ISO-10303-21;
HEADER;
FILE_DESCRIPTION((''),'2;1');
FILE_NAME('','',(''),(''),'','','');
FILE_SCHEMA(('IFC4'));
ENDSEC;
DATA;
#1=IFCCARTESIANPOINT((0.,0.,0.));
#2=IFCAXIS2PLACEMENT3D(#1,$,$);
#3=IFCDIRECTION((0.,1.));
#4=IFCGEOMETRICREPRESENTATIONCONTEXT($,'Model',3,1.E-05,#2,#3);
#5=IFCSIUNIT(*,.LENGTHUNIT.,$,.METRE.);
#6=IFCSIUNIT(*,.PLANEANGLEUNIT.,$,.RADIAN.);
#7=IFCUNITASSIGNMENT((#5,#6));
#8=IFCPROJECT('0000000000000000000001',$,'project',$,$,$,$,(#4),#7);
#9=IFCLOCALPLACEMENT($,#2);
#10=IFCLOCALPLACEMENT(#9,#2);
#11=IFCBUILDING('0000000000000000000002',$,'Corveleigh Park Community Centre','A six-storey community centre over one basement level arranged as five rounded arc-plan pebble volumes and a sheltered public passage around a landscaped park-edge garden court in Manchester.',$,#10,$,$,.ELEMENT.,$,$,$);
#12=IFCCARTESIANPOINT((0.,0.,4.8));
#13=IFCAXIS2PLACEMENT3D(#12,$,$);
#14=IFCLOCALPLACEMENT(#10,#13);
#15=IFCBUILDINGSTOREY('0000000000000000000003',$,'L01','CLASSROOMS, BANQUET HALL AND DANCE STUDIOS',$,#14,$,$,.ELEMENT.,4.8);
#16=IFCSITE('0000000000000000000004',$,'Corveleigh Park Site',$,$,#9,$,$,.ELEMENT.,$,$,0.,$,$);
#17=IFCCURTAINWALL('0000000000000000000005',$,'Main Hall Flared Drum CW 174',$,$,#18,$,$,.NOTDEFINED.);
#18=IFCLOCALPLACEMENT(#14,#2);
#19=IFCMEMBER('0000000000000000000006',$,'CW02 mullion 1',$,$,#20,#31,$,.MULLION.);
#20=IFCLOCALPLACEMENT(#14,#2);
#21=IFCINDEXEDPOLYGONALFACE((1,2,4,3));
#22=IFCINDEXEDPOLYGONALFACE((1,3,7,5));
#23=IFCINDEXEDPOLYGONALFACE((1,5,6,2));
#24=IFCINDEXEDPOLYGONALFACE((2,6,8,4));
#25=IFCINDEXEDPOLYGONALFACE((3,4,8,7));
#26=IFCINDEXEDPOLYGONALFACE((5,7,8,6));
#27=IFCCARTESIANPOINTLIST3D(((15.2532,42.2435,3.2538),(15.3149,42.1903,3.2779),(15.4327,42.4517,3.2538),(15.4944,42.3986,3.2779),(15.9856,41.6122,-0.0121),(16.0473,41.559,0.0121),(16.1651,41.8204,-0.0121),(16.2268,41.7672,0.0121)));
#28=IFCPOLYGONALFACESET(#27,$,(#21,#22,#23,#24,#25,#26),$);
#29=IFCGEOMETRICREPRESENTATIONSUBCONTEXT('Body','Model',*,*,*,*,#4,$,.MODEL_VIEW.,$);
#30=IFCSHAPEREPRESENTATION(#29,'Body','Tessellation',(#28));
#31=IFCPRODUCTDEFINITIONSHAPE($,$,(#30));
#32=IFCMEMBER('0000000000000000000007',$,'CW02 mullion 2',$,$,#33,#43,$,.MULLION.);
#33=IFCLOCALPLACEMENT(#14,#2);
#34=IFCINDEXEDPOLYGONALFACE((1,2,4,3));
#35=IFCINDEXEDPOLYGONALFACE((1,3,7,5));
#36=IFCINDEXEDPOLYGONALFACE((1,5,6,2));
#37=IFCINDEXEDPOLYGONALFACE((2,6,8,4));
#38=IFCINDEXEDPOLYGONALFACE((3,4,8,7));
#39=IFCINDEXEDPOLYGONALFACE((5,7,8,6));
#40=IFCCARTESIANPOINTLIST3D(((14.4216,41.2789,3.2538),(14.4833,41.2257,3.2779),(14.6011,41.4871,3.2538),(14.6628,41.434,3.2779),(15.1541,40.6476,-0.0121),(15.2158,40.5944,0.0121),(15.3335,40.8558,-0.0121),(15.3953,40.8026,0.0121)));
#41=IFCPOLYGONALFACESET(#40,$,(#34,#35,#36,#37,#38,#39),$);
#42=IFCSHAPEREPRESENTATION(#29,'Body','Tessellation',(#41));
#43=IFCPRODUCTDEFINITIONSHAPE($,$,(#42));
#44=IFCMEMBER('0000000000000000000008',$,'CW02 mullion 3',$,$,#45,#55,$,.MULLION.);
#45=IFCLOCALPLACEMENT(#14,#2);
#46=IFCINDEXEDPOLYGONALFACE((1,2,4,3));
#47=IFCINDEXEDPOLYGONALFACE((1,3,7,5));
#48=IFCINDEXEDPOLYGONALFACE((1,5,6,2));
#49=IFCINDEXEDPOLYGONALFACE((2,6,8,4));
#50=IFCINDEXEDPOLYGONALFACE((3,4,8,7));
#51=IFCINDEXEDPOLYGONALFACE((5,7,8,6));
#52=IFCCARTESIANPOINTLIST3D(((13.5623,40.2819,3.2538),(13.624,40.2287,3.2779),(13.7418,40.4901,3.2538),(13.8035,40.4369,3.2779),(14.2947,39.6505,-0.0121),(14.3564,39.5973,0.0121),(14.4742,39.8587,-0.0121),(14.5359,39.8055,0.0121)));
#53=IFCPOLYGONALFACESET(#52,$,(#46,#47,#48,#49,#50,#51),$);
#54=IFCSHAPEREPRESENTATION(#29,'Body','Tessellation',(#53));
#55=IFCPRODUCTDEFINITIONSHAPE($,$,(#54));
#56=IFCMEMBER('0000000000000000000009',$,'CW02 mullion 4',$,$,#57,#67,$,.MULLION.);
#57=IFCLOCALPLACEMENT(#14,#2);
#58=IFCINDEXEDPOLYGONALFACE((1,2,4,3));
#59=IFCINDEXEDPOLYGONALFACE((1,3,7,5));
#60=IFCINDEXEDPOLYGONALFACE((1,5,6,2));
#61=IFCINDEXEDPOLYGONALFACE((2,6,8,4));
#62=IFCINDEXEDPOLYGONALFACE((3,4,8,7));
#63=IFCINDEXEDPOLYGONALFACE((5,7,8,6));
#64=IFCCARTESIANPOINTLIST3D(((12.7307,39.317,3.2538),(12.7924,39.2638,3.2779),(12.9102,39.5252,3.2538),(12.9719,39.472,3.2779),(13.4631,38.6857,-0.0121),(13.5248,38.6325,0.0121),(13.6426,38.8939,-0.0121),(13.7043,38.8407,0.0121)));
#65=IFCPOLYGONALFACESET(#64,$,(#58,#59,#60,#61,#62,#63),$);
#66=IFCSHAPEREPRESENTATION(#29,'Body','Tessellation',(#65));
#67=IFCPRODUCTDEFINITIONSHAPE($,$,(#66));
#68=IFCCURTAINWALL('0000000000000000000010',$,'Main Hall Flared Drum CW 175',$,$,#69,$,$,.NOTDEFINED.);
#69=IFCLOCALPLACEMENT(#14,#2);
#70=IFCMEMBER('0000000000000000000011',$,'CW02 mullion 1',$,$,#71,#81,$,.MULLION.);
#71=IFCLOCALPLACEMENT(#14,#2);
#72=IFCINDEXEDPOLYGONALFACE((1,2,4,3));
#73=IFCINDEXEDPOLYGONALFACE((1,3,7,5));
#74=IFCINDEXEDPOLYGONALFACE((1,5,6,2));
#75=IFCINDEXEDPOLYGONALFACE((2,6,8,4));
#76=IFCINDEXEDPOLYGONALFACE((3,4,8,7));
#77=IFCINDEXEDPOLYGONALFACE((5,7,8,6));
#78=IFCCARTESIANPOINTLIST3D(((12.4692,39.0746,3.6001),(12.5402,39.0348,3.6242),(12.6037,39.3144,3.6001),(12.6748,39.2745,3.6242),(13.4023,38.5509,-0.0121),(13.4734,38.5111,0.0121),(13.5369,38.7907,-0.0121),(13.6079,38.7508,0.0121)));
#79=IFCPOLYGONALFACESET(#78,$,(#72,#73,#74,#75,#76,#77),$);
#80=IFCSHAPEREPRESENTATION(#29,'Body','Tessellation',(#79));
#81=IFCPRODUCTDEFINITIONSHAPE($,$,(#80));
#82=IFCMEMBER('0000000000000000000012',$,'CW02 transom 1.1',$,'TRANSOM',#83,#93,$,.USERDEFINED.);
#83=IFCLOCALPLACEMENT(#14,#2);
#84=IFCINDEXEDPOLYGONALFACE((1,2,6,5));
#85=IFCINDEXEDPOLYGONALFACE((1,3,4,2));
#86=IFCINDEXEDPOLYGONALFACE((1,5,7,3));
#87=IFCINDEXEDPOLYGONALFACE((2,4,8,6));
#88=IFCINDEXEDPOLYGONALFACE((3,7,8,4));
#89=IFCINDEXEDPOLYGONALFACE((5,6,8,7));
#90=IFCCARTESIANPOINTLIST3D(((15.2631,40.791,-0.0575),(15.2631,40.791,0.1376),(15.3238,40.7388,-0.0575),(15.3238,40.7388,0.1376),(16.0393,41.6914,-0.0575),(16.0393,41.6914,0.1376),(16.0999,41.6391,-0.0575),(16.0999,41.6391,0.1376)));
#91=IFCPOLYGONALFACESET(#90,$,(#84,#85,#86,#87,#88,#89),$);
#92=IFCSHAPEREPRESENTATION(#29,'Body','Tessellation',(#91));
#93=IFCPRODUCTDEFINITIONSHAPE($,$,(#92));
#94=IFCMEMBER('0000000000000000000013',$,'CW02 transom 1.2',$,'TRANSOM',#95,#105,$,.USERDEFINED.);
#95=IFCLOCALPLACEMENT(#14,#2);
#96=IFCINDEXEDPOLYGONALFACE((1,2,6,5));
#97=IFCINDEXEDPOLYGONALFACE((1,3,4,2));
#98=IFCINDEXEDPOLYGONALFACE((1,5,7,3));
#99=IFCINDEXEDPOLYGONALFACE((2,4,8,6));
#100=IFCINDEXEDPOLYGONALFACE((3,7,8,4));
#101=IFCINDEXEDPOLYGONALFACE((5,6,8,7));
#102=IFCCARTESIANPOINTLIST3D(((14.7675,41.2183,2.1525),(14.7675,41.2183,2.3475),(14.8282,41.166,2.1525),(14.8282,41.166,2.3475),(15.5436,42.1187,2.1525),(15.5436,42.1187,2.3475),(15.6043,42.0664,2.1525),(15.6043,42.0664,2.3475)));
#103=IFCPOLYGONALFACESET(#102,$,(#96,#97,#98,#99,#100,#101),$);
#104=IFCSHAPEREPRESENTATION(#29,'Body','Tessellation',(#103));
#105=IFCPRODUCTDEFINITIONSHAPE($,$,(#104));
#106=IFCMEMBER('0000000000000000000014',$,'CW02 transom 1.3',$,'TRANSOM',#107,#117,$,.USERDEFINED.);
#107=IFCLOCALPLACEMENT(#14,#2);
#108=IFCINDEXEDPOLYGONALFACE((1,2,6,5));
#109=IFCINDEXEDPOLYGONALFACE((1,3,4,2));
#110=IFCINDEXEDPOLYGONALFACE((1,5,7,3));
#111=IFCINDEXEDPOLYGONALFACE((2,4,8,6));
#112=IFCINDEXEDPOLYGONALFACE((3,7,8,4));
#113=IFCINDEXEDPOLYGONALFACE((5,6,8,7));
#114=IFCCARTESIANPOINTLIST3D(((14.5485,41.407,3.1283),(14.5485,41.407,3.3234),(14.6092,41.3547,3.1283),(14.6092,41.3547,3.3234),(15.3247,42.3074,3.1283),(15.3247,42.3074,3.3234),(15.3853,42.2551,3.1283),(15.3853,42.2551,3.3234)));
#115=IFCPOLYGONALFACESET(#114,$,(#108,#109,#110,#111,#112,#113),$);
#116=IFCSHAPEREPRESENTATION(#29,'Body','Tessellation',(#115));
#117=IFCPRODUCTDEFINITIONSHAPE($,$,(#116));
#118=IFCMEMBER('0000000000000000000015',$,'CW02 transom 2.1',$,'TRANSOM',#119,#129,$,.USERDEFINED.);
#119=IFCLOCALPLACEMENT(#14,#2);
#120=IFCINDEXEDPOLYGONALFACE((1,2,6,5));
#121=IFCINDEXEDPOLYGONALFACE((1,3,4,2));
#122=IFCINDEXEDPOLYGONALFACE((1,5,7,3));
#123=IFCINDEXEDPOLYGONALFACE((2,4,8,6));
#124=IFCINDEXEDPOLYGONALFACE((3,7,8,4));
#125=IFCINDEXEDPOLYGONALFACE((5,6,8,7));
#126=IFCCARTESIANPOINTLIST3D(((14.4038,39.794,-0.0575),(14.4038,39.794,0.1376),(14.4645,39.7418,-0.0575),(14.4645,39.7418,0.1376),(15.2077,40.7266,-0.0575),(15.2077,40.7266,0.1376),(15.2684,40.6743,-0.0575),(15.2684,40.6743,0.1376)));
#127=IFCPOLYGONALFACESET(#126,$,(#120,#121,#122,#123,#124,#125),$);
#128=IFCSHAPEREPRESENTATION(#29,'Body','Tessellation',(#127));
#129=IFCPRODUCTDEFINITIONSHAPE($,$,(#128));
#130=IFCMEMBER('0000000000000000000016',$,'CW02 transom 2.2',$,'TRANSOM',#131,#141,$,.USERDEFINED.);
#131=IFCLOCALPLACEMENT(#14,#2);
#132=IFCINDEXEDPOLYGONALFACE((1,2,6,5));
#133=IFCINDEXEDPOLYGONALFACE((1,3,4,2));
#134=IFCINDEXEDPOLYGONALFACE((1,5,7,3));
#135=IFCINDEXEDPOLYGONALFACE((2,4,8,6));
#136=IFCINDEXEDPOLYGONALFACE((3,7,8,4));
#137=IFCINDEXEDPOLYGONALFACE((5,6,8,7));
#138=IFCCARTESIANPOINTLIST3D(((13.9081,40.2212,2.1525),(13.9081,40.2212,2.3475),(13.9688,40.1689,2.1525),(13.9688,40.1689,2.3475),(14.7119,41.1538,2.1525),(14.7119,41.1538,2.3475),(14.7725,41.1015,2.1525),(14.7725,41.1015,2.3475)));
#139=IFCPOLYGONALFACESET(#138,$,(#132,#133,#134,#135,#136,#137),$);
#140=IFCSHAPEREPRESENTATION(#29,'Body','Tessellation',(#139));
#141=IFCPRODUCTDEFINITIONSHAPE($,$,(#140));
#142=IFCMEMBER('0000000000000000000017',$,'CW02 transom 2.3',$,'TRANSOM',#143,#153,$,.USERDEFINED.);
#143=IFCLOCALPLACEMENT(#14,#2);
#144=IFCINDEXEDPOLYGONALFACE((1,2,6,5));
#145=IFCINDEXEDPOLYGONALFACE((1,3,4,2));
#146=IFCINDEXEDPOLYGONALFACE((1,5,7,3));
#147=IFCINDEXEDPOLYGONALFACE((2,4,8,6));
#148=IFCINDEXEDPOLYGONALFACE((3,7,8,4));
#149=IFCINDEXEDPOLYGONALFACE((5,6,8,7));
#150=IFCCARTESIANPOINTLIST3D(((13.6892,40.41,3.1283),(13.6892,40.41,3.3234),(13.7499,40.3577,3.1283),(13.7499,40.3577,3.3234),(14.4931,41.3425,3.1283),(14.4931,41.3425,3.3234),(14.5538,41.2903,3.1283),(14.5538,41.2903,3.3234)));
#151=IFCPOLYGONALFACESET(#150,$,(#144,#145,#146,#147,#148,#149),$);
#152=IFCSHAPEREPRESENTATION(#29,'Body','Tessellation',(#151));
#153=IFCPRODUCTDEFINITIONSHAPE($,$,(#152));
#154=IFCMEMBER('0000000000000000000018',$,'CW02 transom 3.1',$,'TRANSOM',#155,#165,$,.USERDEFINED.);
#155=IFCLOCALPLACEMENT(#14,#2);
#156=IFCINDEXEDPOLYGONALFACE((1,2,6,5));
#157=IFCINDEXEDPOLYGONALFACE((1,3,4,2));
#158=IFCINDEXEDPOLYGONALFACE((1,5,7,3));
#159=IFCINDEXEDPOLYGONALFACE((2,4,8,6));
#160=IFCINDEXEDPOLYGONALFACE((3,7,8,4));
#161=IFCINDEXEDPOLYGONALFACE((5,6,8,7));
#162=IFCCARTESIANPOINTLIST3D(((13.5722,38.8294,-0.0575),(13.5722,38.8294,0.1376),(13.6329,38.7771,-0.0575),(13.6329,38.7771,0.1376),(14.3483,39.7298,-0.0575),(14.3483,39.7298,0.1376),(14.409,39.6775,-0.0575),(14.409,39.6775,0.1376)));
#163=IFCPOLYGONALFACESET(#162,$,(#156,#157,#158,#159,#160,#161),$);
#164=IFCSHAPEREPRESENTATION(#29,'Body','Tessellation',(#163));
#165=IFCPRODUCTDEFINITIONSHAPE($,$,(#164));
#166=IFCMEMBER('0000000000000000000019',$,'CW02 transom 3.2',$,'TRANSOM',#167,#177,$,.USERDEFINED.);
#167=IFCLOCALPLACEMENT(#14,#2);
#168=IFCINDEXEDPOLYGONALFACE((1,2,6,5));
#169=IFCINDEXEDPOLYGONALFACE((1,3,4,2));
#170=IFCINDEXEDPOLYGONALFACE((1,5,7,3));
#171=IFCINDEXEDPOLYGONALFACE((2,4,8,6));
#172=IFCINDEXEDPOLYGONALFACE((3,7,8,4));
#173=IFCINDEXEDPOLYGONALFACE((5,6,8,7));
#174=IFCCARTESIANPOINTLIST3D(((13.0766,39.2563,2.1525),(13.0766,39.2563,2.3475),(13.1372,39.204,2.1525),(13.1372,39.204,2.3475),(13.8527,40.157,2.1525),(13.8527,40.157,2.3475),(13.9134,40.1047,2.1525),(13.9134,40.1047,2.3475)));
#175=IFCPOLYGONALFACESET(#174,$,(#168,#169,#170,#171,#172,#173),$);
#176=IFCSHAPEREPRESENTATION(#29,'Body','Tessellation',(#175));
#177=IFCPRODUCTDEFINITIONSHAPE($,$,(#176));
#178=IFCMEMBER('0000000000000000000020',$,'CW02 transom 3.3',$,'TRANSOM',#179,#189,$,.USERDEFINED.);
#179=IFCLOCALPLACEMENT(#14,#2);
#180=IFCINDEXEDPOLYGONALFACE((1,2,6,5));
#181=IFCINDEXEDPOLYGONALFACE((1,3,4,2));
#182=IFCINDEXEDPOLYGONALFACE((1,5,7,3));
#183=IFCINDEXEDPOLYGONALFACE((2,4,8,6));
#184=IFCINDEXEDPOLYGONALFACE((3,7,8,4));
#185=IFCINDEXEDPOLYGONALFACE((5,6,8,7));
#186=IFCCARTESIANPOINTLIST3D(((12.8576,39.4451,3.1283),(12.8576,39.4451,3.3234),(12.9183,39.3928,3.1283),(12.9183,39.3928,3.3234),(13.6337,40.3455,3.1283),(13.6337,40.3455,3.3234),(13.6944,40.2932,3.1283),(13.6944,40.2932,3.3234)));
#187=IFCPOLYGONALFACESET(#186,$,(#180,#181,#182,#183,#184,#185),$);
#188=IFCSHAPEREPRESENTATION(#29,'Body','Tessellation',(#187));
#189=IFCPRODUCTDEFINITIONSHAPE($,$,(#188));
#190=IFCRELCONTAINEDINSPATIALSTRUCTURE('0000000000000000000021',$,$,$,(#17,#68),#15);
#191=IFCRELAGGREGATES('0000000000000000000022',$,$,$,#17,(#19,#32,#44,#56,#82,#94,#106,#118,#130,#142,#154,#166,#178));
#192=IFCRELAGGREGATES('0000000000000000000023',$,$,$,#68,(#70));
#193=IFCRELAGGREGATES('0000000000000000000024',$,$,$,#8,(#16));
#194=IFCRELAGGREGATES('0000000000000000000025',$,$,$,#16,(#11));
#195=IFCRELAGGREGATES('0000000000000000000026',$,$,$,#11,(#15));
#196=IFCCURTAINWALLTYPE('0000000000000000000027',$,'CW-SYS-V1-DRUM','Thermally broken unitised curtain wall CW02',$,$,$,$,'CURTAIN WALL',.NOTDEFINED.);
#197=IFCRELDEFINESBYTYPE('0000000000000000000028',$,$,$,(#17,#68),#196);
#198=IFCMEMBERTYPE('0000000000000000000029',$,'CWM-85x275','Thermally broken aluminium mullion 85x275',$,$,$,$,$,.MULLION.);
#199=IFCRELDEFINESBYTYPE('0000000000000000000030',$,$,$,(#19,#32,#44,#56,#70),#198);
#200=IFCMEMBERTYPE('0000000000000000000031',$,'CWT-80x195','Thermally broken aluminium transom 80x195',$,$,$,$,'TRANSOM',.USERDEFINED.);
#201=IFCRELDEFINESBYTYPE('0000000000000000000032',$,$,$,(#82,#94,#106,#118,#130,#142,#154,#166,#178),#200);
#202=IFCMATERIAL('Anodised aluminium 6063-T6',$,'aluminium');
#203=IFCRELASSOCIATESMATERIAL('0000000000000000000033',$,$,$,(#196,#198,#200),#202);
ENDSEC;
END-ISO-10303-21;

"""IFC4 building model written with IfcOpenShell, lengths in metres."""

from ifc_helpers import new_model, si_unit, direction, frame, origin, origin_2d, place, context, subcontext, project, spatial, rectangle, extrude, material, material_profile, profile_set, type_object, element, aggregate, save


model = new_model("IFC4")

# Units and contexts
model_context = context("Model", 3, precision=1e-05, world=origin(), true_north=direction((0.0, 1.0)))
body_context = subcontext(model_context, "Body", "Model", "MODEL_VIEW")
ifc_project = project(units=[si_unit("LENGTHUNIT", "METRE"), si_unit("PLANEANGLEUNIT", "RADIAN")], contexts=[model_context])

# Site, building, storey
site_placement = place(None, origin())
site = spatial("IfcSite", under=ifc_project, at=site_placement, Name="Corveleigh Park Site", CompositionType="ELEMENT", RefElevation=0.0)
building_placement = place(site_placement, origin())
building = spatial("IfcBuilding", under=site, at=building_placement, Name="Corveleigh Park Community Centre", Description="A six-storey community centre over one basement level arranged as five rounded arc-plan pebble volumes and a sheltered public passage around a landscaped park-edge garden court in Manchester.", CompositionType="ELEMENT")
storey_placement = place(building_placement, frame((0.0, 0.0, 4.8)))
storey = spatial("IfcBuildingStorey", under=building, at=storey_placement, Name="L01", Description="CLASSROOMS, BANQUET HALL AND DANCE STUDIOS", CompositionType="ELEMENT", Elevation=4.8)

# Curtain wall, members
ifc_material_1 = material(Name="Anodised aluminium 6063-T6", Category="aluminium")
curtain_wall_type = type_object("IfcCurtainWallType", Name="CW-SYS-V1-DRUM", Description="Thermally broken unitised curtain wall CW02", ElementType="CURTAIN WALL", PredefinedType="NOTDEFINED", material=ifc_material_1)
curtain_wall_1_placement = place(storey_placement, origin())
curtain_wall_1 = element("IfcCurtainWall", 1, at=curtain_wall_1_placement, inside=storey, type_object=curtain_wall_type, Name="Main Hall Flared Drum CW 174", PredefinedType="NOTDEFINED")
ifc_material_profile_1 = material_profile(ifc_material_1, rectangle(XDim=0.085, YDim=0.2749, at=origin_2d()), Name="ALU-M85x275", Category="aluminium")
ifc_profile_set_1 = profile_set([ifc_material_profile_1], Name="Anodised aluminium 6063-T6")
member_type_1 = type_object("IfcMemberType", Name="CWM-85x275", Description="Thermally broken aluminium mullion 85x275", PredefinedType="MULLION", material=ifc_profile_set_1)
member_1_placement = place(storey_placement, frame((16.1062, 41.6897, 0.0), z_axis=(-0.215038, 0.185363, 0.958853), x_axis=(0.72627, -0.626045, 0.283902)))
member_1 = element("IfcMember", 2, at=member_1_placement, type_object=member_type_1, Name="CW02 mullion 1", PredefinedType="MULLION", context=body_context, shape_type="SweptSolid", body=[
    extrude(rectangle(XDim=0.085, YDim=0.2749, at=origin_2d()), origin(), (0.0, 0.0, 1.0), 3.406),
])
member_2_placement = place(storey_placement, frame((15.2747, 40.7251, 0.0), z_axis=(-0.215038, 0.185363, 0.958853), x_axis=(0.72627, -0.626045, 0.283902)))
member_2 = element("IfcMember", 3, at=member_2_placement, type_object=member_type_1, Name="CW02 mullion 2", PredefinedType="MULLION", context=body_context, shape_type="SweptSolid", body=[
    extrude(rectangle(XDim=0.085, YDim=0.2749, at=origin_2d()), origin(), (0.0, 0.0, 1.0), 3.406),
])
member_3_placement = place(storey_placement, frame((14.4153, 39.728, 0.0), z_axis=(-0.215038, 0.185363, 0.958853), x_axis=(0.72627, -0.626045, 0.283902)))
member_3 = element("IfcMember", 4, at=member_3_placement, type_object=member_type_1, Name="CW02 mullion 3", PredefinedType="MULLION", context=body_context, shape_type="SweptSolid", body=[
    extrude(rectangle(XDim=0.085, YDim=0.2749, at=origin_2d()), origin(), (0.0, 0.0, 1.0), 3.406),
])
member_4_placement = place(storey_placement, frame((13.5837, 38.7632, 0.0), z_axis=(-0.215038, 0.185363, 0.958853), x_axis=(0.72627, -0.626045, 0.283902)))
member_4 = element("IfcMember", 5, at=member_4_placement, type_object=member_type_1, Name="CW02 mullion 4", PredefinedType="MULLION", context=body_context, shape_type="SweptSolid", body=[
    extrude(rectangle(XDim=0.085, YDim=0.2749, at=origin_2d()), origin(), (0.0, 0.0, 1.0), 3.406),
])

# Curtain wall, member
curtain_wall_2_placement = place(storey_placement, origin())
curtain_wall_2 = element("IfcCurtainWall", 6, at=curtain_wall_2_placement, inside=storey, type_object=curtain_wall_type, Name="Main Hall Flared Drum CW 175", PredefinedType="NOTDEFINED")
member_5_placement = place(storey_placement, frame((13.5051, 38.6509, 0.0), z_axis=(-0.247691, 0.13901, 0.958815), x_axis=(0.836135, -0.469259, 0.284033)))
member_5 = element("IfcMember", 7, at=member_5_placement, type_object=member_type_1, Name="CW02 mullion 1", PredefinedType="MULLION", context=body_context, shape_type="SweptSolid", body=[
    extrude(rectangle(XDim=0.085, YDim=0.2749, at=origin_2d()), origin(), (0.0, 0.0, 1.0), 3.7673),
])

# Members
ifc_material_profile_2 = material_profile(ifc_material_1, rectangle(XDim=0.0801, YDim=0.1951, at=origin_2d()), Name="ALU-T80x195", Category="aluminium")
ifc_profile_set_2 = profile_set([ifc_material_profile_2], Name="Anodised aluminium 6063-T6")
member_type_2 = type_object("IfcMemberType", Name="CWT-80x195", Description="Thermally broken aluminium transom 80x195", ElementType="TRANSOM", PredefinedType="USERDEFINED", material=ifc_profile_set_2)
member_6_placement = place(storey_placement, frame((16.0696, 41.6653, 0.04), z_axis=(-0.652903, -0.757441, 0.0), x_axis=(0.757441, -0.652903, 0.0)))
member_6 = element("IfcMember", 8, at=member_6_placement, type_object=member_type_2, Name="CW02 transom 1.1", ObjectType="TRANSOM", PredefinedType="USERDEFINED", context=body_context, shape_type="SweptSolid", body=[
    extrude(rectangle(XDim=0.0801, YDim=0.1951, at=origin_2d()), origin(), (0.0, 0.0, 1.0), 1.1887),
])
member_7_placement = place(storey_placement, frame((15.574, 42.0925, 2.25), z_axis=(-0.652903, -0.757441, 0.0), x_axis=(0.757441, -0.652903, 0.0)))
member_7 = element("IfcMember", 9, at=member_7_placement, type_object=member_type_2, Name="CW02 transom 1.2", ObjectType="TRANSOM", PredefinedType="USERDEFINED", context=body_context, shape_type="SweptSolid", body=[
    extrude(rectangle(XDim=0.0801, YDim=0.1951, at=origin_2d()), origin(), (0.0, 0.0, 1.0), 1.1887),
])
member_8_placement = place(storey_placement, frame((15.355, 42.2812, 3.2258), z_axis=(-0.652903, -0.757441, 0.0), x_axis=(0.757441, -0.652903, 0.0)))
member_8 = element("IfcMember", 10, at=member_8_placement, type_object=member_type_2, Name="CW02 transom 1.3", ObjectType="TRANSOM", PredefinedType="USERDEFINED", context=body_context, shape_type="SweptSolid", body=[
    extrude(rectangle(XDim=0.0801, YDim=0.1951, at=origin_2d()), origin(), (0.0, 0.0, 1.0), 1.1887),
])
member_9_placement = place(storey_placement, frame((15.238, 40.7004, 0.04), z_axis=(-0.652928, -0.75742, 0.0), x_axis=(0.75742, -0.652928, 0.0)))
member_9 = element("IfcMember", 11, at=member_9_placement, type_object=member_type_2, Name="CW02 transom 2.1", ObjectType="TRANSOM", PredefinedType="USERDEFINED", context=body_context, shape_type="SweptSolid", body=[
    extrude(rectangle(XDim=0.0801, YDim=0.1951, at=origin_2d()), origin(), (0.0, 0.0, 1.0), 1.2312),
])
member_10_placement = place(storey_placement, frame((14.7422, 41.1277, 2.25), z_axis=(-0.652814, -0.757518, 0.0), x_axis=(0.757518, -0.652814, 0.0)))
member_10 = element("IfcMember", 12, at=member_10_placement, type_object=member_type_2, Name="CW02 transom 2.2", ObjectType="TRANSOM", PredefinedType="USERDEFINED", context=body_context, shape_type="SweptSolid", body=[
    extrude(rectangle(XDim=0.0801, YDim=0.1951, at=origin_2d()), origin(), (0.0, 0.0, 1.0), 1.2312),
])
member_11_placement = place(storey_placement, frame((14.5234, 41.3164, 3.2258), z_axis=(-0.652928, -0.75742, 0.0), x_axis=(0.75742, -0.652928, 0.0)))
member_11 = element("IfcMember", 13, at=member_11_placement, type_object=member_type_2, Name="CW02 transom 2.3", ObjectType="TRANSOM", PredefinedType="USERDEFINED", context=body_context, shape_type="SweptSolid", body=[
    extrude(rectangle(XDim=0.0801, YDim=0.1951, at=origin_2d()), origin(), (0.0, 0.0, 1.0), 1.2312),
])
member_12_placement = place(storey_placement, frame((14.3787, 39.7036, 0.04), z_axis=(-0.652903, -0.757441, 0.0), x_axis=(0.757441, -0.652903, 0.0)))
member_12 = element("IfcMember", 14, at=member_12_placement, type_object=member_type_2, Name="CW02 transom 3.1", ObjectType="TRANSOM", PredefinedType="USERDEFINED", context=body_context, shape_type="SweptSolid", body=[
    extrude(rectangle(XDim=0.0801, YDim=0.1951, at=origin_2d()), origin(), (0.0, 0.0, 1.0), 1.1887),
])
member_13_placement = place(storey_placement, frame((13.8831, 40.1309, 2.25), z_axis=(-0.652801, -0.757529, 0.0), x_axis=(0.757529, -0.652801, 0.0)))
member_13 = element("IfcMember", 15, at=member_13_placement, type_object=member_type_2, Name="CW02 transom 3.2", ObjectType="TRANSOM", PredefinedType="USERDEFINED", context=body_context, shape_type="SweptSolid", body=[
    extrude(rectangle(XDim=0.0801, YDim=0.1951, at=origin_2d()), origin(), (0.0, 0.0, 1.0), 1.189),
])
member_14_placement = place(storey_placement, frame((13.6641, 40.3193, 3.2258), z_axis=(-0.652903, -0.757441, 0.0), x_axis=(0.757441, -0.652903, 0.0)))
member_14 = element("IfcMember", 16, at=member_14_placement, type_object=member_type_2, Name="CW02 transom 3.3", ObjectType="TRANSOM", PredefinedType="USERDEFINED", context=body_context, shape_type="SweptSolid", body=[
    extrude(rectangle(XDim=0.0801, YDim=0.1951, at=origin_2d()), origin(), (0.0, 0.0, 1.0), 1.1887),
])

aggregate(curtain_wall_1, [member_1, member_2, member_3, member_4, member_6, member_7, member_8, member_9, member_10, member_11, member_12, member_13, member_14])
aggregate(curtain_wall_2, [member_5])

save(model, "model.ifc")
